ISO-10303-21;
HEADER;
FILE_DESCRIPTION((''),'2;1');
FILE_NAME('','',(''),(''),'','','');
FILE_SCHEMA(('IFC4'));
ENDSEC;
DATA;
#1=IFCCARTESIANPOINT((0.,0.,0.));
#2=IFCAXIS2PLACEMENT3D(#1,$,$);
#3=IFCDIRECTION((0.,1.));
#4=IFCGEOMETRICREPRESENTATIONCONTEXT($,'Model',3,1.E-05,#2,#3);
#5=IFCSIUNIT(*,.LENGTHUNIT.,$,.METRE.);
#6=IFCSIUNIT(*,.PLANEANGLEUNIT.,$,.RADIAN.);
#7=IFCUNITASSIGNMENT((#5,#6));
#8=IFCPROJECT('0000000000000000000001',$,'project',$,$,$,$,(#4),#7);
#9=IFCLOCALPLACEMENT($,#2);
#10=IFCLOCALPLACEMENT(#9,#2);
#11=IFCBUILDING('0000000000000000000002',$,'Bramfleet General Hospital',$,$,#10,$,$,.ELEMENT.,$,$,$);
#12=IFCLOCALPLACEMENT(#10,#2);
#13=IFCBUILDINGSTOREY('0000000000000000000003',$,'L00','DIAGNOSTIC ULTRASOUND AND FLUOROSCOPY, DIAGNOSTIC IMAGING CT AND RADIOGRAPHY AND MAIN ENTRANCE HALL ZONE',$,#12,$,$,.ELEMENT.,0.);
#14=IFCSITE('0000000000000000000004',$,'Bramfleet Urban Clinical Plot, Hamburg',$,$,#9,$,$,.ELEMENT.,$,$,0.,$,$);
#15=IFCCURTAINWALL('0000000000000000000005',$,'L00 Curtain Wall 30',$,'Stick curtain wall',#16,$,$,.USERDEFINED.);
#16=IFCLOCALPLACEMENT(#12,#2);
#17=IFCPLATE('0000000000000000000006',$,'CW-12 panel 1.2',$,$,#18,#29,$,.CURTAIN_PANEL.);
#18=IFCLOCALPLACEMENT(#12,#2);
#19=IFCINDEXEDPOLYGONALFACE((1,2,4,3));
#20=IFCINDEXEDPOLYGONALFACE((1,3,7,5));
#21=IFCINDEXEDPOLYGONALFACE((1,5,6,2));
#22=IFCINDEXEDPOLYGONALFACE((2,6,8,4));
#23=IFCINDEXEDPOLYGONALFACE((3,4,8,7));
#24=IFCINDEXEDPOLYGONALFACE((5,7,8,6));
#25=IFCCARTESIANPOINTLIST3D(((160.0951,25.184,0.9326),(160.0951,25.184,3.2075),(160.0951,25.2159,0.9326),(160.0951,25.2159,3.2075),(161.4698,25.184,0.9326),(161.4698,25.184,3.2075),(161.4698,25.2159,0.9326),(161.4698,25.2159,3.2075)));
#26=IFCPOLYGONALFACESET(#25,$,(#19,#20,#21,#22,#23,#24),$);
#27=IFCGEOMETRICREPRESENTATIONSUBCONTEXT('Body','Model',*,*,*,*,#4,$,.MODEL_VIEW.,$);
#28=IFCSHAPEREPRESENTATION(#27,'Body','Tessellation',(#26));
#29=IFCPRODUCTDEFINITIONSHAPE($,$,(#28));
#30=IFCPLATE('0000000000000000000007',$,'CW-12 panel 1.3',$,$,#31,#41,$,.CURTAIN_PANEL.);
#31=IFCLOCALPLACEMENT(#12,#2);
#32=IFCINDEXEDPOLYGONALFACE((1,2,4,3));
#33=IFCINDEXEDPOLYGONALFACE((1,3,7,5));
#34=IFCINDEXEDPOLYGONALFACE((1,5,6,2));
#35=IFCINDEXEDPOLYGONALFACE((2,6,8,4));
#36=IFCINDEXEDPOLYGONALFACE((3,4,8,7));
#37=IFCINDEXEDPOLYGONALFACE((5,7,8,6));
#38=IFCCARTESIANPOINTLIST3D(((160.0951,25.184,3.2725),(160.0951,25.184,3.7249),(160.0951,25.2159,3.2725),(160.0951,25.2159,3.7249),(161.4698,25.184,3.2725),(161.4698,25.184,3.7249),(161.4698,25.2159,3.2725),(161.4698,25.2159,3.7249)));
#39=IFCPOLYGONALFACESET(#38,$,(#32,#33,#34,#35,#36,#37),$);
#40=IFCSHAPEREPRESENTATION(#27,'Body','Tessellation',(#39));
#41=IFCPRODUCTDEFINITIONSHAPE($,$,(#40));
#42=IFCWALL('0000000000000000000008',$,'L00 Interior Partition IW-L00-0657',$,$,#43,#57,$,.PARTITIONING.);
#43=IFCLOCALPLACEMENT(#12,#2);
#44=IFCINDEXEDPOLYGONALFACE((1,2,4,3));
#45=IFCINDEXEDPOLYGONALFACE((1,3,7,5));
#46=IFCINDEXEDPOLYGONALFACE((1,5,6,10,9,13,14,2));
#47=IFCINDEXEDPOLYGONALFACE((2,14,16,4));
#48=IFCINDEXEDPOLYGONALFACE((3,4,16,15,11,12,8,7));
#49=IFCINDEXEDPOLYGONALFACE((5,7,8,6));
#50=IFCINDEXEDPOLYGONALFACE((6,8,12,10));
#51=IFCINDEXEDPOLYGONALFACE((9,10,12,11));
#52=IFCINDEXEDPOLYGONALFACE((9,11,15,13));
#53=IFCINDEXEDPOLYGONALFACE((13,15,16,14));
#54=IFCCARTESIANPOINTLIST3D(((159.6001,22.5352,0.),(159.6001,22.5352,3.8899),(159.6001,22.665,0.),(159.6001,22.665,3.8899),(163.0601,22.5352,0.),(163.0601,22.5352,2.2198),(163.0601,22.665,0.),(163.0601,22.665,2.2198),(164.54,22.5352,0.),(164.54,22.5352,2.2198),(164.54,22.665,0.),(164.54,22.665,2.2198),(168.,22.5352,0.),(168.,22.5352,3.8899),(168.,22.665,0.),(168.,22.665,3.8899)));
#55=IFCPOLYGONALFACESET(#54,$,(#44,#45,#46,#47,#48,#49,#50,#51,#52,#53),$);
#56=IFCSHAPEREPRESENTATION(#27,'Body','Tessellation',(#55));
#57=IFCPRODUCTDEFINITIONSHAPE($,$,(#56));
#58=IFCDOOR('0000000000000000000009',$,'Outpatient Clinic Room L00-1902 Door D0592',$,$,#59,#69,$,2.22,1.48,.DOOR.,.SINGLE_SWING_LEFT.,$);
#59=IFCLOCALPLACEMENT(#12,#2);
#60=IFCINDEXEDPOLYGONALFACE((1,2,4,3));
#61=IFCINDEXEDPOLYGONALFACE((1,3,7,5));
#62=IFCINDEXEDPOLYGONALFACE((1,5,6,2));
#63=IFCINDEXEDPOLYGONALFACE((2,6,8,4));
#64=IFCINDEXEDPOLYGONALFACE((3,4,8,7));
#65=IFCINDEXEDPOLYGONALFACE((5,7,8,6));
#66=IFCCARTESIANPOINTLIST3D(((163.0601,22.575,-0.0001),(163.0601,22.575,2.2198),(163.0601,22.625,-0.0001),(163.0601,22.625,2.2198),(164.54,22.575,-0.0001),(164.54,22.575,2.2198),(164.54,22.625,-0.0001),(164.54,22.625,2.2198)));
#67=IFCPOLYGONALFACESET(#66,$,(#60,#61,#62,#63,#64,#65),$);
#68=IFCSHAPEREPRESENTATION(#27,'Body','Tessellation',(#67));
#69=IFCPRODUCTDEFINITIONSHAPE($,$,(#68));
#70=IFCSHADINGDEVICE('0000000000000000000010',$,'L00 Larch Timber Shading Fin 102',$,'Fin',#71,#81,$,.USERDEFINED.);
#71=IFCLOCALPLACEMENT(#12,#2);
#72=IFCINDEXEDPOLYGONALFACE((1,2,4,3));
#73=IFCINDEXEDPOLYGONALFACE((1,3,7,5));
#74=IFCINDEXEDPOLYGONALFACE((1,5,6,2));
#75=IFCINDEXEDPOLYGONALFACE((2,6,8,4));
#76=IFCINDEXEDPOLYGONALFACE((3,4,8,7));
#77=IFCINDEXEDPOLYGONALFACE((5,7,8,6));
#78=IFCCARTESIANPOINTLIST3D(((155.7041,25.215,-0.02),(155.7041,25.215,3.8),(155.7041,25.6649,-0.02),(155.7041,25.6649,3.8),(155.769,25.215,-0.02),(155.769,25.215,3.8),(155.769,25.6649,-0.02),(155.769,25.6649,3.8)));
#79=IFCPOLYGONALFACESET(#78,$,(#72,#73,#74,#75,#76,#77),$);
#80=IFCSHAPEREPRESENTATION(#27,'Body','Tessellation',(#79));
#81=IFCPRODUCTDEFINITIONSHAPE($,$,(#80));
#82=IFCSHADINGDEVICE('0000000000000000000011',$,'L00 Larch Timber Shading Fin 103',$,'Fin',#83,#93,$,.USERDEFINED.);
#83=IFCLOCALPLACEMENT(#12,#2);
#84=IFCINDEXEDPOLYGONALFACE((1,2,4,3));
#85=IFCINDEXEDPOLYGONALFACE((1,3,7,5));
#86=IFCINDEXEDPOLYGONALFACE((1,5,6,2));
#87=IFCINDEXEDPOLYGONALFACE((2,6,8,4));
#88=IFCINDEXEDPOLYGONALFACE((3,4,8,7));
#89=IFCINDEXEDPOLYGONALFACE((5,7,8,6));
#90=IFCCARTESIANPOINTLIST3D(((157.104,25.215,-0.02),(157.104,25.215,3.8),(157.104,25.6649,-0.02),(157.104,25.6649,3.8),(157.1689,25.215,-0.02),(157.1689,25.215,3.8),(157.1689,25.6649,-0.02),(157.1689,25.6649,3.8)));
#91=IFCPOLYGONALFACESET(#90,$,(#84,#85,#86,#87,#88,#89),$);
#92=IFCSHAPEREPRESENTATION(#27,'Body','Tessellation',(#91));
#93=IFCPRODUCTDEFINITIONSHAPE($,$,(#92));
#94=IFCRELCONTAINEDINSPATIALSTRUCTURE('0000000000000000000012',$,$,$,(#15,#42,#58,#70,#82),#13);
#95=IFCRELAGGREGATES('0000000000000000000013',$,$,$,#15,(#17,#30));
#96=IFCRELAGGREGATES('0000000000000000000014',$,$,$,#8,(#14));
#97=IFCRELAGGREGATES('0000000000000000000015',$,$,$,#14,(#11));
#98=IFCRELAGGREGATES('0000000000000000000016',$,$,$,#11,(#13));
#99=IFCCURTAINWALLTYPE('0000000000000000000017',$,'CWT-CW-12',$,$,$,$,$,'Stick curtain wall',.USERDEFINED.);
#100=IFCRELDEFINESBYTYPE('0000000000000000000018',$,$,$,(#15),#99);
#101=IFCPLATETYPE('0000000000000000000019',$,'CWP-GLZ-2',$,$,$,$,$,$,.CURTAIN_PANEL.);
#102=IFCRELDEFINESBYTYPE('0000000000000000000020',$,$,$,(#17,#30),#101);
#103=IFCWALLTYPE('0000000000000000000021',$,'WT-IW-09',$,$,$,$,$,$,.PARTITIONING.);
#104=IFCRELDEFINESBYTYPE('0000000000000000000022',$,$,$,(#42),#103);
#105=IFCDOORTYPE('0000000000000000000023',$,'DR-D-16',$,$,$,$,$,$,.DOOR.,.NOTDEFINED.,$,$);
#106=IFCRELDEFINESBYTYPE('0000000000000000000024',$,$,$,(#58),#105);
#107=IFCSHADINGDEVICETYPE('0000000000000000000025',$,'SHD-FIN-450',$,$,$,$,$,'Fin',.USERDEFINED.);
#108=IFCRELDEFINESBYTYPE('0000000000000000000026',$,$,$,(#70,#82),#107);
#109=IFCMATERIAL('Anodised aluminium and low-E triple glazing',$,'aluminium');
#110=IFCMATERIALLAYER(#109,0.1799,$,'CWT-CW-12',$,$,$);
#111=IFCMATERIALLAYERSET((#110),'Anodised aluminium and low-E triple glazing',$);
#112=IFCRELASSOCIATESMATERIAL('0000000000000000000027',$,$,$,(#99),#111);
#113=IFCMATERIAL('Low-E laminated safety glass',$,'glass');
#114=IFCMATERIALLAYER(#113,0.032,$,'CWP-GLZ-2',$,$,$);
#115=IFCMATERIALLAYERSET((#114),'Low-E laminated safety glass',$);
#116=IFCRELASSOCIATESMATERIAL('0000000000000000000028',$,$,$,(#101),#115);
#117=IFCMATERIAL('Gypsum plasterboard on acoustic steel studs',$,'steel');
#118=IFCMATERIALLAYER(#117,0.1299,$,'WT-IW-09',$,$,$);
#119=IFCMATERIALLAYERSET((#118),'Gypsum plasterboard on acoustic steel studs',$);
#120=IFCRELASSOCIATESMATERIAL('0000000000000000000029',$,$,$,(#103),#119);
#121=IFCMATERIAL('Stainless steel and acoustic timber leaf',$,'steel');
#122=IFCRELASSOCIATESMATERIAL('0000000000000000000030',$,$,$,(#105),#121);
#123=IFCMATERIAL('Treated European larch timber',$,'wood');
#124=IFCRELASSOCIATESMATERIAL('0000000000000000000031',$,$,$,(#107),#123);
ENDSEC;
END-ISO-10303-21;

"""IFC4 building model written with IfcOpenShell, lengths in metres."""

from ifc_helpers import new_model, si_unit, direction, frame, frame_2d, origin, origin_2d, place, context, subcontext, project, spatial, rectangle, extrude, material, layer, layer_set, material_profile, profile_set, type_object, element, fill, aggregate, save


model = new_model("IFC4")

# Units and contexts
model_context = context("Model", 3, precision=1e-05, world=origin(), true_north=direction((0.0, 1.0)))
body_context = subcontext(model_context, "Body", "Model", "MODEL_VIEW")
ifc_project = project(units=[si_unit("LENGTHUNIT", "METRE"), si_unit("PLANEANGLEUNIT", "RADIAN")], contexts=[model_context])

# Site, building, storey
site_placement = place(None, origin())
site = spatial("IfcSite", under=ifc_project, at=site_placement, Name="Bramfleet Urban Clinical Plot, Hamburg", CompositionType="ELEMENT", RefElevation=0.0)
building_placement = place(site_placement, origin())
building = spatial("IfcBuilding", under=site, at=building_placement, Name="Bramfleet General Hospital", CompositionType="ELEMENT")
storey_placement = place(building_placement, origin())
storey = spatial("IfcBuildingStorey", under=building, at=storey_placement, Name="L00", Description="DIAGNOSTIC ULTRASOUND AND FLUOROSCOPY, DIAGNOSTIC IMAGING CT AND RADIOGRAPHY AND MAIN ENTRANCE HALL ZONE", CompositionType="ELEMENT", Elevation=0.0)

# Shared definitions
ifc_material_1 = material(Name="Anodised aluminium and low-E triple glazing", Category="aluminium")

# Curtain wall
ifc_layer_1 = layer(ifc_material_1, 0.1799, Name="CWT-CW-12")
ifc_layer_set_1 = layer_set([ifc_layer_1], Name="Anodised aluminium and low-E triple glazing")
curtain_wall_type_1 = type_object("IfcCurtainWallType", Name="CWT-CW-12", ElementType="Stick curtain wall", PredefinedType="USERDEFINED", material=ifc_layer_set_1)
curtain_wall_1_placement = place(storey_placement, origin())
curtain_wall_1 = element("IfcCurtainWall", 1, at=curtain_wall_1_placement, inside=storey, type_object=curtain_wall_type_1, Name="L00 Curtain Wall 30", ObjectType="Stick curtain wall", PredefinedType="USERDEFINED")

# Plates
ifc_material_2 = material(Name="Low-E laminated safety glass", Category="glass")
ifc_layer_2 = layer(ifc_material_2, 0.032, Name="CWP-GLZ-2")
ifc_layer_set_2 = layer_set([ifc_layer_2], Name="Low-E laminated safety glass")
plate_type_1 = type_object("IfcPlateType", Name="CWP-GLZ-2", PredefinedType="CURTAIN_PANEL", material=ifc_layer_set_2)
plate_1_placement = place(storey_placement, frame((160.7825, 25.2, 0.9326), z_axis=(0.0, 0.0, 1.0), x_axis=(1.0, 0.0, 0.0)))
plate_1 = element("IfcPlate", 2, at=plate_1_placement, type_object=plate_type_1, Name="CW-12 panel 1.2", PredefinedType="CURTAIN_PANEL", context=body_context, shape_type="SweptSolid", body=[
    extrude(rectangle(XDim=1.3748, YDim=0.032, at=origin_2d()), origin(), (0.0, 0.0, 1.0), 2.2749),
])
plate_2_placement = place(storey_placement, frame((160.7825, 25.2, 3.2725), z_axis=(0.0, 0.0, 1.0), x_axis=(1.0, 0.0, 0.0)))
plate_2 = element("IfcPlate", 3, at=plate_2_placement, type_object=plate_type_1, Name="CW-12 panel 1.3", PredefinedType="CURTAIN_PANEL", context=body_context, shape_type="SweptSolid", body=[
    extrude(rectangle(XDim=1.3748, YDim=0.032, at=origin_2d()), origin(), (0.0, 0.0, 1.0), 0.4524),
])
aggregate(curtain_wall_1, [plate_1, plate_2])

# Wall, opening, door
ifc_material_3 = material(Name="Gypsum plasterboard on acoustic steel studs", Category="steel")
ifc_layer_3 = layer(ifc_material_3, 0.1299, Name="WT-IW-09")
ifc_layer_set_3 = layer_set([ifc_layer_3], Name="Gypsum plasterboard on acoustic steel studs")
wall_type = type_object("IfcWallType", Name="WT-IW-09", PredefinedType="PARTITIONING", material=ifc_layer_set_3)
wall_placement = place(storey_placement, frame((159.6001, 22.6001, 0.0), z_axis=(0.0, 0.0, 1.0), x_axis=(1.0, 0.0, 0.0)))
wall = element("IfcWall", 4, at=wall_placement, inside=storey, type_object=wall_type, Name="L00 Interior Partition IW-L00-0657", PredefinedType="PARTITIONING", context=body_context, shape_type="SweptSolid", body=[
    extrude(rectangle(XDim=8.3999, YDim=0.1299, at=frame_2d((4.2, 0.0))), origin(), (0.0, 0.0, 1.0), 3.8899),
])
opening_placement = place(wall_placement, frame((3.46, 0.0, 0.0)))
opening = element("IfcOpeningElement", 5, at=opening_placement, cuts=wall, PredefinedType="OPENING", context=body_context, shape_type="SweptSolid", body=[
    extrude(rectangle(XDim=1.48, YDim=2.22, at=frame_2d((0.74, 1.1099))), frame((0.0, 0.075, 0.0), z_axis=(0.0, -1.0, 0.0), x_axis=(1.0, 0.0, 0.0)), (0.0, 0.0, 1.0), 0.1499),
])
ifc_material_4 = material(Name="Stainless steel and acoustic timber leaf", Category="steel")
door_type = type_object("IfcDoorType", Name="DR-D-16", OperationType="NOTDEFINED", PredefinedType="DOOR", material=ifc_material_4)
door_placement = place(opening_placement, origin())
door = element("IfcDoor", 6, at=door_placement, inside=storey, type_object=door_type, Name="Outpatient Clinic Room L00-1902 Door D0592", OperationType="SINGLE_SWING_LEFT", OverallHeight=2.22, OverallWidth=1.48, PredefinedType="DOOR", context=body_context, shape_type="SweptSolid", body=[
    extrude(rectangle(XDim=1.48, YDim=2.22, at=frame_2d((0.74, 1.1099))), frame((0.0, 0.0249, 0.0), z_axis=(0.0, -1.0, 0.0), x_axis=(1.0, 0.0, 0.0)), (0.0, 0.0, 1.0), 0.05),
])
fill(opening, door)

# Shading devices
ifc_material_5 = material(Name="Treated European larch timber", Category="wood")
ifc_material_profile_1 = material_profile(ifc_material_5, rectangle(XDim=0.0649, YDim=0.45, at=origin_2d()), Name="LARCH FIN 450x65")
ifc_profile_set_1 = profile_set([ifc_material_profile_1], Name="Treated European larch timber")
shading_device_type = type_object("IfcShadingDeviceType", Name="SHD-FIN-450", ElementType="Fin", PredefinedType="USERDEFINED", material=ifc_profile_set_1)
for number, where, z_axis, x_axis, name in (
    (7, (155.7366, 25.4399, -0.02), (0.0, 0.0, 1.0), (1.0, 0.0, 0.0), "L00 Larch Timber Shading Fin 102"),
    (8, (157.1365, 25.4399, -0.02), (0.0, 0.0, 1.0), (1.0, 0.0, 0.0), "L00 Larch Timber Shading Fin 103"),
):
    element("IfcShadingDevice", number, at=place(storey_placement, frame(where, z_axis=z_axis, x_axis=x_axis)), inside=storey, type_object=shading_device_type, Name=name, ObjectType="Fin", PredefinedType="USERDEFINED", context=body_context, shape_type="SweptSolid", body=[
        extrude(rectangle(XDim=0.0649, YDim=0.45, at=origin_2d()), origin(), (0.0, 0.0, 1.0), 3.8201),
    ])

save(model, "model.ifc")
